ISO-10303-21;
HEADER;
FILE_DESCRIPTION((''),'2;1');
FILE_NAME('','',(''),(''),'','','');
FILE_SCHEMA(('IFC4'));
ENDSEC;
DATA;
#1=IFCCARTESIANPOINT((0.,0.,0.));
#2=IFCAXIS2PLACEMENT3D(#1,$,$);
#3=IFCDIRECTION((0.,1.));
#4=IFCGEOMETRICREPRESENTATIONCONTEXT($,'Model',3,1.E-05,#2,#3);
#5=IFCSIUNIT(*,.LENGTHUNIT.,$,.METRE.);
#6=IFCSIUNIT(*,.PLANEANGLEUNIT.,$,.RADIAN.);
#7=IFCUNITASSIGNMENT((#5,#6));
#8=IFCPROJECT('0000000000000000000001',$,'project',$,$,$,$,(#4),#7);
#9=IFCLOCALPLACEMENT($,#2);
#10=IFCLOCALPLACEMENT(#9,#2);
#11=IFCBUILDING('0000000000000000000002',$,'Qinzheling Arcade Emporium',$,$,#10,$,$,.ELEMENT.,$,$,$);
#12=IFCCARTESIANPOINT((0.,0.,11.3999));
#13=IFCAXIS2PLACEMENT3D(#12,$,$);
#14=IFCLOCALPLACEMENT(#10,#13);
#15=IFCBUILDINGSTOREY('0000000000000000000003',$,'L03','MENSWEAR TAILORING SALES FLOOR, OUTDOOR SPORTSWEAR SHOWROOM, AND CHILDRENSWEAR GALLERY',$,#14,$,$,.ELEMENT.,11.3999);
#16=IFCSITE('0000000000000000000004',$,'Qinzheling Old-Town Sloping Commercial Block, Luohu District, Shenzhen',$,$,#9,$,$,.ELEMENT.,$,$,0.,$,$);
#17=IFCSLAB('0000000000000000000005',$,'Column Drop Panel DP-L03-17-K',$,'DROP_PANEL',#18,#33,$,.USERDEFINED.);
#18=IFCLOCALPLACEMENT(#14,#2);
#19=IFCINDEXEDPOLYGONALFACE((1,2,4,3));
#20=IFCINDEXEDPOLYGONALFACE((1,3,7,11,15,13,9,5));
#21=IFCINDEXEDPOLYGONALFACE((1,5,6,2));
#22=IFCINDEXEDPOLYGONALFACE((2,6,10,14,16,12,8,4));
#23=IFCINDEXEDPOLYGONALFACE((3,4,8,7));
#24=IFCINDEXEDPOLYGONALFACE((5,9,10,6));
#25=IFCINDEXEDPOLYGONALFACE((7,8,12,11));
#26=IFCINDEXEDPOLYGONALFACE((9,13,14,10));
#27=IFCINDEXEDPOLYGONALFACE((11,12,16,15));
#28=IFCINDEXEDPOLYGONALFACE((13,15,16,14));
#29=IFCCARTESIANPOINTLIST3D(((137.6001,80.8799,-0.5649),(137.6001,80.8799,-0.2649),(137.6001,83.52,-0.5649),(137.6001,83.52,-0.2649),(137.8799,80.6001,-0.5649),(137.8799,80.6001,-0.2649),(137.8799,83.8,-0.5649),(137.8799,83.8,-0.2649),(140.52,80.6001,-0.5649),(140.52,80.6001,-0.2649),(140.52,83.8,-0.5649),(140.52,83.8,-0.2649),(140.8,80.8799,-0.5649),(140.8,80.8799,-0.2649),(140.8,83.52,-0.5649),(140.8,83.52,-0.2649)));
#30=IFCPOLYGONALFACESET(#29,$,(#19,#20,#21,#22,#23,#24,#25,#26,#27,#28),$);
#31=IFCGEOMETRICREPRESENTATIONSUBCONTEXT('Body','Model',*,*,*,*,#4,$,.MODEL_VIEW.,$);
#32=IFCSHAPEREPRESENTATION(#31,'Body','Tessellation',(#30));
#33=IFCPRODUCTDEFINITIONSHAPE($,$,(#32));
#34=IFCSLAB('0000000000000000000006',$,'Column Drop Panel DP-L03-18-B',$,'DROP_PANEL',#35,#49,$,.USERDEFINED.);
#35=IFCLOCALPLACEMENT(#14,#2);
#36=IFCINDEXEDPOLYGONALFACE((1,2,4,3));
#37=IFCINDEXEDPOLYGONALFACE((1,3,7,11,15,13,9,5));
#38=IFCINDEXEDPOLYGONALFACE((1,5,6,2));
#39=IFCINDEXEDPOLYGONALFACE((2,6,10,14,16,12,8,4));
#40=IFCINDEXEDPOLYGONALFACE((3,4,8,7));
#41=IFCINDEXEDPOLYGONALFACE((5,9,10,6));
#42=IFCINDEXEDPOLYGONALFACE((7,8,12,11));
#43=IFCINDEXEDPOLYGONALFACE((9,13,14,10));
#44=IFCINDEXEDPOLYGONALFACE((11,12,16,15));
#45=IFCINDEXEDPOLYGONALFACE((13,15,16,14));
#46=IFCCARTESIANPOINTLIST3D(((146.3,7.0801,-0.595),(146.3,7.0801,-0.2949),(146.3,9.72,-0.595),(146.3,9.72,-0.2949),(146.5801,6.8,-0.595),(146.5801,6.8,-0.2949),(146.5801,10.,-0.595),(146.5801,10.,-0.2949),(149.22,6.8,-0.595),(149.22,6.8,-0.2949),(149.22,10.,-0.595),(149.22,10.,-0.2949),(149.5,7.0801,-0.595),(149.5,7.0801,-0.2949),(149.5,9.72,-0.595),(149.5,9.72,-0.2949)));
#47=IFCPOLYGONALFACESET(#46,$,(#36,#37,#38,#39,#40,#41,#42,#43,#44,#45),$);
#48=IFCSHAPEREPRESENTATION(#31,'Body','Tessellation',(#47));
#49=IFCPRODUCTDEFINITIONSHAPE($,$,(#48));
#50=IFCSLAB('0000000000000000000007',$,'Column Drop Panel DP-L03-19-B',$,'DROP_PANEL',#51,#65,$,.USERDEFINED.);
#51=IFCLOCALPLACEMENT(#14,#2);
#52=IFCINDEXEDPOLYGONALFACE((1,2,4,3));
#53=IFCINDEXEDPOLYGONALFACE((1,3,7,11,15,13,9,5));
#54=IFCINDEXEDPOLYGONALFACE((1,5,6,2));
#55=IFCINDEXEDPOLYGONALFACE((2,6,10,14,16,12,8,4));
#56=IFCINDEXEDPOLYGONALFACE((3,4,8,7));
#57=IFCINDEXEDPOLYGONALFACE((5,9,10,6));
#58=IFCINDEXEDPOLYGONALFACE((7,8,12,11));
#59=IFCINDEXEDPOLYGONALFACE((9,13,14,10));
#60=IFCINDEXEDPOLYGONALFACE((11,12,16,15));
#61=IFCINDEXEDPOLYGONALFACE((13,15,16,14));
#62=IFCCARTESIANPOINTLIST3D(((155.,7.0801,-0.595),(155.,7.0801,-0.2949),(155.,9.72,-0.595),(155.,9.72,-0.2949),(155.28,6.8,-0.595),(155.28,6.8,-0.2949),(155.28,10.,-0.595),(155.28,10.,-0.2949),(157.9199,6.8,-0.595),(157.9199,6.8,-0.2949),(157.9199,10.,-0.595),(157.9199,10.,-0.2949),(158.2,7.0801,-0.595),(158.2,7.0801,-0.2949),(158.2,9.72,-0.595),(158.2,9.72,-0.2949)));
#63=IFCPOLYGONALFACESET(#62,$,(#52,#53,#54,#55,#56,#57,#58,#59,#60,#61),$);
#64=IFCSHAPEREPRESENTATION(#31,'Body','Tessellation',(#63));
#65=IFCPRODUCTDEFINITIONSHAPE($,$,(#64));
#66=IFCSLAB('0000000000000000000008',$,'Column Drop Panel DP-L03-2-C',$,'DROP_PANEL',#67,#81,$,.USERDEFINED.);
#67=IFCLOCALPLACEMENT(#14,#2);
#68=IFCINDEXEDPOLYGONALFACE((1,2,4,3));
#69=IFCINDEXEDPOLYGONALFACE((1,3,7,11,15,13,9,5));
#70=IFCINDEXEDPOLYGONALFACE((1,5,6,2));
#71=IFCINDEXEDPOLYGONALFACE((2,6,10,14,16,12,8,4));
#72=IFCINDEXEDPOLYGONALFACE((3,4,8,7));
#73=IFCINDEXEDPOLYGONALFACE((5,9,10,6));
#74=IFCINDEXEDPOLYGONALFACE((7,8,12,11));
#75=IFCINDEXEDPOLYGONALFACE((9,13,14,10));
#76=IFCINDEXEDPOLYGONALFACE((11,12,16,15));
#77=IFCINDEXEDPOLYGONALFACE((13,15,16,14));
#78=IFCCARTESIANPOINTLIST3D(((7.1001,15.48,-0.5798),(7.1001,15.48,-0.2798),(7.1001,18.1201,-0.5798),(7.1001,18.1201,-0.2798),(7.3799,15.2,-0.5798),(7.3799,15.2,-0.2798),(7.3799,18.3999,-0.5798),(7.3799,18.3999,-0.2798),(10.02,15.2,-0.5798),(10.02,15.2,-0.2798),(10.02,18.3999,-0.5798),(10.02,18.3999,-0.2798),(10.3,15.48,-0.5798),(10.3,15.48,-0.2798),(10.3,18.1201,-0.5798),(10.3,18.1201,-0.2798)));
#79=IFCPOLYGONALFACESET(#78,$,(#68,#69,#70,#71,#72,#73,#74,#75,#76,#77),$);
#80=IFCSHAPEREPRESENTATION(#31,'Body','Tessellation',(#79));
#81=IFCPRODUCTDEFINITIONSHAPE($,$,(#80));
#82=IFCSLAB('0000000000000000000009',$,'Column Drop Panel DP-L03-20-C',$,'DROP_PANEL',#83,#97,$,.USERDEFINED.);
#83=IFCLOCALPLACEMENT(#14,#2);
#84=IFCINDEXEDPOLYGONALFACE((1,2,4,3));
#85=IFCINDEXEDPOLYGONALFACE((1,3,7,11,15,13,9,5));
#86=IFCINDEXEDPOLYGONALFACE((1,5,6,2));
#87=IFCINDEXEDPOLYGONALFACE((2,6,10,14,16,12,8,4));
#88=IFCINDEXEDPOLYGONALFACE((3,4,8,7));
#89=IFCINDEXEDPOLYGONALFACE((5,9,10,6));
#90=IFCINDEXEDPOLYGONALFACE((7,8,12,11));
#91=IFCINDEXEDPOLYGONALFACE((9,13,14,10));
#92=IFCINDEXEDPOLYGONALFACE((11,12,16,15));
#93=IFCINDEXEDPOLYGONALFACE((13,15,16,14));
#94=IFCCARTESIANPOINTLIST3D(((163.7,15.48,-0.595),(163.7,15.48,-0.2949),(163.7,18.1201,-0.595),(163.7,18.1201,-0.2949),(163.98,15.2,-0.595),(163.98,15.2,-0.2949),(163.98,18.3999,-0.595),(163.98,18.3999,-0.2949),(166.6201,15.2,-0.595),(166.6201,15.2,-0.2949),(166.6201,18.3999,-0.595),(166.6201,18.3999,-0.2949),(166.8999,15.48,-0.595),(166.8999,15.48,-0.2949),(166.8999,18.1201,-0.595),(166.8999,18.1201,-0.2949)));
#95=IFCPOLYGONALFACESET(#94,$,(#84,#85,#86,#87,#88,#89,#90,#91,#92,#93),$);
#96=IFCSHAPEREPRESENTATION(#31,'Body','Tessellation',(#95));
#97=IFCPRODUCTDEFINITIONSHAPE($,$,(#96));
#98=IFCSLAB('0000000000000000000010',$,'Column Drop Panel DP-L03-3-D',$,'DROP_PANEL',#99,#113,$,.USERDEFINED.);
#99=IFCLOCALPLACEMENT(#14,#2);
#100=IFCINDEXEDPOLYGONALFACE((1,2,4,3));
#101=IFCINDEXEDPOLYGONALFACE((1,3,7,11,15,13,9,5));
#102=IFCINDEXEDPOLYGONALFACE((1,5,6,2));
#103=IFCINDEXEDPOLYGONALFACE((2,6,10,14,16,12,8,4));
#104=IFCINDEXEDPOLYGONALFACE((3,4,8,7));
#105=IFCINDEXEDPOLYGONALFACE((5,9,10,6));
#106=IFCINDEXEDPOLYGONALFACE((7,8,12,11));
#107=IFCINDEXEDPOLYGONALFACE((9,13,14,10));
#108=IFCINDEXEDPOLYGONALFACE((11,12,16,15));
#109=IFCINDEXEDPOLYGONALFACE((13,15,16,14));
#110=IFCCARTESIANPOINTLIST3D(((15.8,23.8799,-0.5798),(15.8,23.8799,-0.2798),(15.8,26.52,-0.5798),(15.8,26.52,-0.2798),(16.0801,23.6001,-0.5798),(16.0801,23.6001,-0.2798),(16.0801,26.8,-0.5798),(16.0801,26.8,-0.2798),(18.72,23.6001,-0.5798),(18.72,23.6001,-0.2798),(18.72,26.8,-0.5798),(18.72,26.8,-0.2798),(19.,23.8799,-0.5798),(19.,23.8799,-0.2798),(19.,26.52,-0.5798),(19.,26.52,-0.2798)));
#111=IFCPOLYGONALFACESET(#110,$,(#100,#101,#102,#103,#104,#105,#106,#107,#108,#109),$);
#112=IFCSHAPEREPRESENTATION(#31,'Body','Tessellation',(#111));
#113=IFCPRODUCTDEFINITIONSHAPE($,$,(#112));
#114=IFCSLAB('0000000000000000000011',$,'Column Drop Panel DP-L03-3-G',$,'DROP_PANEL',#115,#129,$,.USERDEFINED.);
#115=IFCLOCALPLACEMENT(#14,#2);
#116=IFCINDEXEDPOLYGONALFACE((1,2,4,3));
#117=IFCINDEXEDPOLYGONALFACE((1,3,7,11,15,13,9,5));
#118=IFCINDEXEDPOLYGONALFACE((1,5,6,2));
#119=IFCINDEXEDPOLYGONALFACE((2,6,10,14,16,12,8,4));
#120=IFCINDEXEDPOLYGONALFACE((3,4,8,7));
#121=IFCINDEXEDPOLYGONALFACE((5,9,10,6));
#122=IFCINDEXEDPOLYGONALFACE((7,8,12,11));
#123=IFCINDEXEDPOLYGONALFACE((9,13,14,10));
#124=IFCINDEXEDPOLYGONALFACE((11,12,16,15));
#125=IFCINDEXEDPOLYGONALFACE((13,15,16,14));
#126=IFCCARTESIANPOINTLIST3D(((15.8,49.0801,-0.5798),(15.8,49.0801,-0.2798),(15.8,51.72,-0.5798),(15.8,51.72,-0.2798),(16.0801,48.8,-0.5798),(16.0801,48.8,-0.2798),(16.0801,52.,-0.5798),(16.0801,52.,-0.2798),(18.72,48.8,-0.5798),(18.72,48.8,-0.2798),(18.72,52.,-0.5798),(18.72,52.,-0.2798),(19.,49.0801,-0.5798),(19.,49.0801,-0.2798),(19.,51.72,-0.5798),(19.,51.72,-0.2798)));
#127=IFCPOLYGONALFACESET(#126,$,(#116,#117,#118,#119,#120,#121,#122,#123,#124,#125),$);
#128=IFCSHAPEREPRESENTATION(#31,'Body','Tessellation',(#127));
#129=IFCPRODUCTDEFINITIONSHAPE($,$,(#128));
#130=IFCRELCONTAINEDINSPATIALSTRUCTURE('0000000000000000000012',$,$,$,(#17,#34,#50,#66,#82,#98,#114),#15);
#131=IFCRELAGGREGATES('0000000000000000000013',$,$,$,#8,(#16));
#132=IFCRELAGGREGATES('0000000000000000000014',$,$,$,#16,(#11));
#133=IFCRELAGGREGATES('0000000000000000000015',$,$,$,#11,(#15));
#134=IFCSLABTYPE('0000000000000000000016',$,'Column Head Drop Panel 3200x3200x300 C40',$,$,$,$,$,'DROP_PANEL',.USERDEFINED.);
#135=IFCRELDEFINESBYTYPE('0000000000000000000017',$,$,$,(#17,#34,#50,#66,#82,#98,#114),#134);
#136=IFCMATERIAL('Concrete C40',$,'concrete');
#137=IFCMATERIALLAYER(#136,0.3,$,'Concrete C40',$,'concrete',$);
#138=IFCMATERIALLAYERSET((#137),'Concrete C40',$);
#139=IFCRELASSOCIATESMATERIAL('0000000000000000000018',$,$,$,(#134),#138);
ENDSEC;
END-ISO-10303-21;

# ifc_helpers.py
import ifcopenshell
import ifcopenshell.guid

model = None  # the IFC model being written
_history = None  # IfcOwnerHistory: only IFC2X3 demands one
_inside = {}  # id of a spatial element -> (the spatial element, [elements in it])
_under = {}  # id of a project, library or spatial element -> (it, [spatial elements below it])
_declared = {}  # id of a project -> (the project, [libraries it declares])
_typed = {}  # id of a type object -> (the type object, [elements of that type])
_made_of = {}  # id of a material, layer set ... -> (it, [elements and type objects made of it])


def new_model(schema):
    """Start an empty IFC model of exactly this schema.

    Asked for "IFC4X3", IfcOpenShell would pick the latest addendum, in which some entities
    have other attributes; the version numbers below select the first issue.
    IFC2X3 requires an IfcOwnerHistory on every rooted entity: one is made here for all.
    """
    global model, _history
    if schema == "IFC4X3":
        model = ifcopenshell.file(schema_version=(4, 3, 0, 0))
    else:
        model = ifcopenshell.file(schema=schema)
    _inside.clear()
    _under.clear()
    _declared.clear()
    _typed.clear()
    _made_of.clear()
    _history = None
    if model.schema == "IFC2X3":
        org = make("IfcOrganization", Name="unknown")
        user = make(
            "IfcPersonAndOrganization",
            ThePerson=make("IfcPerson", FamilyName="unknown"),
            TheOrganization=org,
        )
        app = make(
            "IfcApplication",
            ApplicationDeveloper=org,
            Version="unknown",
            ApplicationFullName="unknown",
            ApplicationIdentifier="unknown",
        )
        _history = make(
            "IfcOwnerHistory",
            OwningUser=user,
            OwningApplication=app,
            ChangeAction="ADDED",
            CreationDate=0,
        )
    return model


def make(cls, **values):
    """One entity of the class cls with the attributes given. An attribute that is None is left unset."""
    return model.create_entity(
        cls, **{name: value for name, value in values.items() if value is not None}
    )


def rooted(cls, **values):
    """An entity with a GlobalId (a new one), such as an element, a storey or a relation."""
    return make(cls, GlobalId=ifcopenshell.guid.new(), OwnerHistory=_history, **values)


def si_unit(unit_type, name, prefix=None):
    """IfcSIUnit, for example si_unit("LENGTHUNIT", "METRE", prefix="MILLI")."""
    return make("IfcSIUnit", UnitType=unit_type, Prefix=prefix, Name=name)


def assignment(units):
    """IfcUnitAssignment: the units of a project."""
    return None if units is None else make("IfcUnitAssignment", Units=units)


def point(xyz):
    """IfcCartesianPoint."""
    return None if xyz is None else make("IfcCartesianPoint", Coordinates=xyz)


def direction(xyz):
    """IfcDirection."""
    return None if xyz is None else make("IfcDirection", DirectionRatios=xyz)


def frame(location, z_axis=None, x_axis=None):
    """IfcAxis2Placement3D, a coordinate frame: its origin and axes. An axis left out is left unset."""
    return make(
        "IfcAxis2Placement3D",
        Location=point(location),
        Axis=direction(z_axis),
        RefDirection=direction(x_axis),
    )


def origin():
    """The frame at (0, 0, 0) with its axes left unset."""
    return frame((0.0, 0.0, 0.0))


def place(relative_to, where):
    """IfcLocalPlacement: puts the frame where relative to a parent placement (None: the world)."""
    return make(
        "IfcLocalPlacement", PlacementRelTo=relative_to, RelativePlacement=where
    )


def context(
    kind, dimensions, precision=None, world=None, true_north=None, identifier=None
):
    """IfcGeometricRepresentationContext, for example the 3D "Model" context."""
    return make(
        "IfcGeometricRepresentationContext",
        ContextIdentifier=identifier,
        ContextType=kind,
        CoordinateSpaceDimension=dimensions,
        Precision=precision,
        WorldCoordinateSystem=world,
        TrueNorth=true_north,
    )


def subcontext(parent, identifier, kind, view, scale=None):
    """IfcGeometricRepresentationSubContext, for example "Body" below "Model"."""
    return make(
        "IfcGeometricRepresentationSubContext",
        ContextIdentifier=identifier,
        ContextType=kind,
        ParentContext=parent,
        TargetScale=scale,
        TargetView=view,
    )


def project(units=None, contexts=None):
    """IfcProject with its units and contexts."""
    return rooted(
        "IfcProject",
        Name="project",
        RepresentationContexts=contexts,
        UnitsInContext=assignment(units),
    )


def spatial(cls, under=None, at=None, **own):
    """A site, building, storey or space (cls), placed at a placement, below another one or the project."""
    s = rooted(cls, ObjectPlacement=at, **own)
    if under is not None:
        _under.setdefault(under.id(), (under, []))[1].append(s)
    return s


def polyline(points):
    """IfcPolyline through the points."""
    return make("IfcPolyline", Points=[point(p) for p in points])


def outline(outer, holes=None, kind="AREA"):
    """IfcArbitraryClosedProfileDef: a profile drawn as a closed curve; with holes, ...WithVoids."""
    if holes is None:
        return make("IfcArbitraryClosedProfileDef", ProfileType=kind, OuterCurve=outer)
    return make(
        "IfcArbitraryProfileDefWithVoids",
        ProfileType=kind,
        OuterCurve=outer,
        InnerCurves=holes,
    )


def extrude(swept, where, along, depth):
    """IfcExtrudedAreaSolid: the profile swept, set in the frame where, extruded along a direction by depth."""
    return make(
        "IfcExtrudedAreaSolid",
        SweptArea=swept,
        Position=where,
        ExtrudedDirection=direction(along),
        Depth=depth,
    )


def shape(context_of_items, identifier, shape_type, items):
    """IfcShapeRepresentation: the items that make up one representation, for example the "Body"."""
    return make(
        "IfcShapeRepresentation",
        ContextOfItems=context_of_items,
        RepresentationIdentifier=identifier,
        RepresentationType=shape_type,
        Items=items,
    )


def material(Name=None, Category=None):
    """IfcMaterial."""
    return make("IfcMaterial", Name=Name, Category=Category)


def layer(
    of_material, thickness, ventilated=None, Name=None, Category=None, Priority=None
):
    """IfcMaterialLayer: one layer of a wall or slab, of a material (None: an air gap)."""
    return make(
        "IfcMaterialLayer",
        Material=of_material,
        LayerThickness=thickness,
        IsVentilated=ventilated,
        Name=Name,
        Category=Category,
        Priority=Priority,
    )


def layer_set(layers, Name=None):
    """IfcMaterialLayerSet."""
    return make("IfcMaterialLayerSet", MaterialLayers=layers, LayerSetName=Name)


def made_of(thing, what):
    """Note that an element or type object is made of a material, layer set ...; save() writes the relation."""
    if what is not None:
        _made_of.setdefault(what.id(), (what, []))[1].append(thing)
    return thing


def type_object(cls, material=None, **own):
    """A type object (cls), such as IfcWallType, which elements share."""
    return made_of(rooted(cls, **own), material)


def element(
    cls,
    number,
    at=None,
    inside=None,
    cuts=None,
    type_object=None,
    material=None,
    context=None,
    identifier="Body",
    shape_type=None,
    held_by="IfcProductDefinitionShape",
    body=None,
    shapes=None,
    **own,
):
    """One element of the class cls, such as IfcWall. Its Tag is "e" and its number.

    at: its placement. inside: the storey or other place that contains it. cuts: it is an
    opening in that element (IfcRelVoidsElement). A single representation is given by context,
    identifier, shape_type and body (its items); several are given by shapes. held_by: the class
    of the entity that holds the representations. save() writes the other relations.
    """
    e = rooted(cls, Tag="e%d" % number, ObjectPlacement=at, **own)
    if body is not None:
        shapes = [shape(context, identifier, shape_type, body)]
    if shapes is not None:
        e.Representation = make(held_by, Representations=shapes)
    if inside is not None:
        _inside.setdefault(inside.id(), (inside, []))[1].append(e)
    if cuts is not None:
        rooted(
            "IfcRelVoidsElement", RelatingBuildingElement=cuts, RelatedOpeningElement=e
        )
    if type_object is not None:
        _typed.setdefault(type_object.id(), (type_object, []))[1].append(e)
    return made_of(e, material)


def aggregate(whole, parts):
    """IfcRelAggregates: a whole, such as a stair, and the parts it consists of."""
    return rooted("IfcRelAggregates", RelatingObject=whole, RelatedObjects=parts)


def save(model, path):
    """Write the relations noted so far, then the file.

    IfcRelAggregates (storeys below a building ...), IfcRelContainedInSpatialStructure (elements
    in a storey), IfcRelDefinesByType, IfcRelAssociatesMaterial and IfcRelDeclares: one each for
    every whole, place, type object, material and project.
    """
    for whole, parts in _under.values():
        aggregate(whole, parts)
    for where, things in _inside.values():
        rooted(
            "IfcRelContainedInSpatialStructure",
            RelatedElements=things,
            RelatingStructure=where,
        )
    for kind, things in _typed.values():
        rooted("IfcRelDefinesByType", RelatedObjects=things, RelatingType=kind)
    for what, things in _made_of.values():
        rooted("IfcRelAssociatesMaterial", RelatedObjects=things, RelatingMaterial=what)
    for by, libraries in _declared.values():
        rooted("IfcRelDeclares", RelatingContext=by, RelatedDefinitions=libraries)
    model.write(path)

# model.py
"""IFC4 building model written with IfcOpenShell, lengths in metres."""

from ifc_helpers import new_model, si_unit, direction, frame, origin, place, context, subcontext, project, spatial, polyline, outline, extrude, material, layer, layer_set, type_object, element, save


model = new_model("IFC4")

# Units and contexts
model_context = context("Model", 3, precision=1e-05, world=origin(), true_north=direction((0.0, 1.0)))
body_context = subcontext(model_context, "Body", "Model", "MODEL_VIEW")
ifc_project = project(units=[si_unit("LENGTHUNIT", "METRE"), si_unit("PLANEANGLEUNIT", "RADIAN")], contexts=[model_context])

# Site, building, storey
site_placement = place(None, origin())
site = spatial("IfcSite", under=ifc_project, at=site_placement, Name="Qinzheling Old-Town Sloping Commercial Block, Luohu District, Shenzhen", CompositionType="ELEMENT", RefElevation=0.0)
building_placement = place(site_placement, origin())
building = spatial("IfcBuilding", under=site, at=building_placement, Name="Qinzheling Arcade Emporium", CompositionType="ELEMENT")
storey_placement = place(building_placement, frame((0.0, 0.0, 11.3999)))
storey = spatial("IfcBuildingStorey", under=building, at=storey_placement, Name="L03", Description="MENSWEAR TAILORING SALES FLOOR, OUTDOOR SPORTSWEAR SHOWROOM, AND CHILDRENSWEAR GALLERY", CompositionType="ELEMENT", Elevation=11.3999)

# Slabs
ifc_material = material(Name="Concrete C40", Category="concrete")
ifc_layer_1 = layer(ifc_material, 0.3, Name="Concrete C40", Category="concrete")
ifc_layer_set_1 = layer_set([ifc_layer_1], Name="Concrete C40")
slab_type_1 = type_object("IfcSlabType", Name="Column Head Drop Panel 3200x3200x300 C40", ElementType="DROP_PANEL", PredefinedType="USERDEFINED", material=ifc_layer_set_1)
slab_1_placement = place(storey_placement, frame((0.0, 0.0, -0.5649)))
element("IfcSlab", 1, at=slab_1_placement, inside=storey, type_object=slab_type_1, Name="Column Drop Panel DP-L03-17-K", ObjectType="DROP_PANEL", PredefinedType="USERDEFINED", context=body_context, shape_type="SweptSolid", body=[
    extrude(outline(polyline([(137.8799, 80.6001), (140.52, 80.6001), (140.8, 80.8799), (140.8, 83.52), (140.52, 83.8), (137.8799, 83.8), (137.6001, 83.52), (137.6001, 80.8799), (137.8799, 80.6001)])), origin(), (0.0, 0.0, 1.0), 0.3),
])
slab_2_placement = place(storey_placement, frame((0.0, 0.0, -0.595)))
element("IfcSlab", 2, at=slab_2_placement, inside=storey, type_object=slab_type_1, Name="Column Drop Panel DP-L03-18-B", ObjectType="DROP_PANEL", PredefinedType="USERDEFINED", context=body_context, shape_type="SweptSolid", body=[
    extrude(outline(polyline([(146.5801, 6.8), (149.22, 6.8), (149.5, 7.0801), (149.5, 9.72), (149.22, 10.0), (146.5801, 10.0), (146.3, 9.72), (146.3, 7.0801), (146.5801, 6.8)])), origin(), (0.0, 0.0, 1.0), 0.3),
])
slab_3_placement = place(storey_placement, frame((0.0, 0.0, -0.595)))
element("IfcSlab", 3, at=slab_3_placement, inside=storey, type_object=slab_type_1, Name="Column Drop Panel DP-L03-19-B", ObjectType="DROP_PANEL", PredefinedType="USERDEFINED", context=body_context, shape_type="SweptSolid", body=[
    extrude(outline(polyline([(155.28, 6.8), (157.9199, 6.8), (158.2, 7.0801), (158.2, 9.72), (157.9199, 10.0), (155.28, 10.0), (155.0, 9.72), (155.0, 7.0801), (155.28, 6.8)])), origin(), (0.0, 0.0, 1.0), 0.3),
])
slab_4_placement = place(storey_placement, frame((0.0, 0.0, -0.5798)))
element("IfcSlab", 4, at=slab_4_placement, inside=storey, type_object=slab_type_1, Name="Column Drop Panel DP-L03-2-C", ObjectType="DROP_PANEL", PredefinedType="USERDEFINED", context=body_context, shape_type="SweptSolid", body=[
    extrude(outline(polyline([(7.3799, 15.2), (10.02, 15.2), (10.3, 15.48), (10.3, 18.1201), (10.02, 18.3999), (7.3799, 18.3999), (7.1001, 18.1201), (7.1001, 15.48), (7.3799, 15.2)])), origin(), (0.0, 0.0, 1.0), 0.3),
])
slab_5_placement = place(storey_placement, frame((0.0, 0.0, -0.595)))
element("IfcSlab", 5, at=slab_5_placement, inside=storey, type_object=slab_type_1, Name="Column Drop Panel DP-L03-20-C", ObjectType="DROP_PANEL", PredefinedType="USERDEFINED", context=body_context, shape_type="SweptSolid", body=[
    extrude(outline(polyline([(163.98, 15.2), (166.6201, 15.2), (166.8999, 15.48), (166.8999, 18.1201), (166.6201, 18.3999), (163.98, 18.3999), (163.7, 18.1201), (163.7, 15.48), (163.98, 15.2)])), origin(), (0.0, 0.0, 1.0), 0.3),
])
slab_6_placement = place(storey_placement, frame((0.0, 0.0, -0.5798)))
element("IfcSlab", 6, at=slab_6_placement, inside=storey, type_object=slab_type_1, Name="Column Drop Panel DP-L03-3-D", ObjectType="DROP_PANEL", PredefinedType="USERDEFINED", context=body_context, shape_type="SweptSolid", body=[
    extrude(outline(polyline([(16.0801, 23.6001), (18.72, 23.6001), (19.0, 23.8799), (19.0, 26.52), (18.72, 26.8), (16.0801, 26.8), (15.8, 26.52), (15.8, 23.8799), (16.0801, 23.6001)])), origin(), (0.0, 0.0, 1.0), 0.3),
])
slab_7_placement = place(storey_placement, frame((0.0, 0.0, -0.5798)))
element("IfcSlab", 7, at=slab_7_placement, inside=storey, type_object=slab_type_1, Name="Column Drop Panel DP-L03-3-G", ObjectType="DROP_PANEL", PredefinedType="USERDEFINED", context=body_context, shape_type="SweptSolid", body=[
    extrude(outline(polyline([(16.0801, 48.8), (18.72, 48.8), (19.0, 49.0801), (19.0, 51.72), (18.72, 52.0), (16.0801, 52.0), (15.8, 51.72), (15.8, 49.0801), (16.0801, 48.8)])), origin(), (0.0, 0.0, 1.0), 0.3),
])

save(model, "model.ifc")
